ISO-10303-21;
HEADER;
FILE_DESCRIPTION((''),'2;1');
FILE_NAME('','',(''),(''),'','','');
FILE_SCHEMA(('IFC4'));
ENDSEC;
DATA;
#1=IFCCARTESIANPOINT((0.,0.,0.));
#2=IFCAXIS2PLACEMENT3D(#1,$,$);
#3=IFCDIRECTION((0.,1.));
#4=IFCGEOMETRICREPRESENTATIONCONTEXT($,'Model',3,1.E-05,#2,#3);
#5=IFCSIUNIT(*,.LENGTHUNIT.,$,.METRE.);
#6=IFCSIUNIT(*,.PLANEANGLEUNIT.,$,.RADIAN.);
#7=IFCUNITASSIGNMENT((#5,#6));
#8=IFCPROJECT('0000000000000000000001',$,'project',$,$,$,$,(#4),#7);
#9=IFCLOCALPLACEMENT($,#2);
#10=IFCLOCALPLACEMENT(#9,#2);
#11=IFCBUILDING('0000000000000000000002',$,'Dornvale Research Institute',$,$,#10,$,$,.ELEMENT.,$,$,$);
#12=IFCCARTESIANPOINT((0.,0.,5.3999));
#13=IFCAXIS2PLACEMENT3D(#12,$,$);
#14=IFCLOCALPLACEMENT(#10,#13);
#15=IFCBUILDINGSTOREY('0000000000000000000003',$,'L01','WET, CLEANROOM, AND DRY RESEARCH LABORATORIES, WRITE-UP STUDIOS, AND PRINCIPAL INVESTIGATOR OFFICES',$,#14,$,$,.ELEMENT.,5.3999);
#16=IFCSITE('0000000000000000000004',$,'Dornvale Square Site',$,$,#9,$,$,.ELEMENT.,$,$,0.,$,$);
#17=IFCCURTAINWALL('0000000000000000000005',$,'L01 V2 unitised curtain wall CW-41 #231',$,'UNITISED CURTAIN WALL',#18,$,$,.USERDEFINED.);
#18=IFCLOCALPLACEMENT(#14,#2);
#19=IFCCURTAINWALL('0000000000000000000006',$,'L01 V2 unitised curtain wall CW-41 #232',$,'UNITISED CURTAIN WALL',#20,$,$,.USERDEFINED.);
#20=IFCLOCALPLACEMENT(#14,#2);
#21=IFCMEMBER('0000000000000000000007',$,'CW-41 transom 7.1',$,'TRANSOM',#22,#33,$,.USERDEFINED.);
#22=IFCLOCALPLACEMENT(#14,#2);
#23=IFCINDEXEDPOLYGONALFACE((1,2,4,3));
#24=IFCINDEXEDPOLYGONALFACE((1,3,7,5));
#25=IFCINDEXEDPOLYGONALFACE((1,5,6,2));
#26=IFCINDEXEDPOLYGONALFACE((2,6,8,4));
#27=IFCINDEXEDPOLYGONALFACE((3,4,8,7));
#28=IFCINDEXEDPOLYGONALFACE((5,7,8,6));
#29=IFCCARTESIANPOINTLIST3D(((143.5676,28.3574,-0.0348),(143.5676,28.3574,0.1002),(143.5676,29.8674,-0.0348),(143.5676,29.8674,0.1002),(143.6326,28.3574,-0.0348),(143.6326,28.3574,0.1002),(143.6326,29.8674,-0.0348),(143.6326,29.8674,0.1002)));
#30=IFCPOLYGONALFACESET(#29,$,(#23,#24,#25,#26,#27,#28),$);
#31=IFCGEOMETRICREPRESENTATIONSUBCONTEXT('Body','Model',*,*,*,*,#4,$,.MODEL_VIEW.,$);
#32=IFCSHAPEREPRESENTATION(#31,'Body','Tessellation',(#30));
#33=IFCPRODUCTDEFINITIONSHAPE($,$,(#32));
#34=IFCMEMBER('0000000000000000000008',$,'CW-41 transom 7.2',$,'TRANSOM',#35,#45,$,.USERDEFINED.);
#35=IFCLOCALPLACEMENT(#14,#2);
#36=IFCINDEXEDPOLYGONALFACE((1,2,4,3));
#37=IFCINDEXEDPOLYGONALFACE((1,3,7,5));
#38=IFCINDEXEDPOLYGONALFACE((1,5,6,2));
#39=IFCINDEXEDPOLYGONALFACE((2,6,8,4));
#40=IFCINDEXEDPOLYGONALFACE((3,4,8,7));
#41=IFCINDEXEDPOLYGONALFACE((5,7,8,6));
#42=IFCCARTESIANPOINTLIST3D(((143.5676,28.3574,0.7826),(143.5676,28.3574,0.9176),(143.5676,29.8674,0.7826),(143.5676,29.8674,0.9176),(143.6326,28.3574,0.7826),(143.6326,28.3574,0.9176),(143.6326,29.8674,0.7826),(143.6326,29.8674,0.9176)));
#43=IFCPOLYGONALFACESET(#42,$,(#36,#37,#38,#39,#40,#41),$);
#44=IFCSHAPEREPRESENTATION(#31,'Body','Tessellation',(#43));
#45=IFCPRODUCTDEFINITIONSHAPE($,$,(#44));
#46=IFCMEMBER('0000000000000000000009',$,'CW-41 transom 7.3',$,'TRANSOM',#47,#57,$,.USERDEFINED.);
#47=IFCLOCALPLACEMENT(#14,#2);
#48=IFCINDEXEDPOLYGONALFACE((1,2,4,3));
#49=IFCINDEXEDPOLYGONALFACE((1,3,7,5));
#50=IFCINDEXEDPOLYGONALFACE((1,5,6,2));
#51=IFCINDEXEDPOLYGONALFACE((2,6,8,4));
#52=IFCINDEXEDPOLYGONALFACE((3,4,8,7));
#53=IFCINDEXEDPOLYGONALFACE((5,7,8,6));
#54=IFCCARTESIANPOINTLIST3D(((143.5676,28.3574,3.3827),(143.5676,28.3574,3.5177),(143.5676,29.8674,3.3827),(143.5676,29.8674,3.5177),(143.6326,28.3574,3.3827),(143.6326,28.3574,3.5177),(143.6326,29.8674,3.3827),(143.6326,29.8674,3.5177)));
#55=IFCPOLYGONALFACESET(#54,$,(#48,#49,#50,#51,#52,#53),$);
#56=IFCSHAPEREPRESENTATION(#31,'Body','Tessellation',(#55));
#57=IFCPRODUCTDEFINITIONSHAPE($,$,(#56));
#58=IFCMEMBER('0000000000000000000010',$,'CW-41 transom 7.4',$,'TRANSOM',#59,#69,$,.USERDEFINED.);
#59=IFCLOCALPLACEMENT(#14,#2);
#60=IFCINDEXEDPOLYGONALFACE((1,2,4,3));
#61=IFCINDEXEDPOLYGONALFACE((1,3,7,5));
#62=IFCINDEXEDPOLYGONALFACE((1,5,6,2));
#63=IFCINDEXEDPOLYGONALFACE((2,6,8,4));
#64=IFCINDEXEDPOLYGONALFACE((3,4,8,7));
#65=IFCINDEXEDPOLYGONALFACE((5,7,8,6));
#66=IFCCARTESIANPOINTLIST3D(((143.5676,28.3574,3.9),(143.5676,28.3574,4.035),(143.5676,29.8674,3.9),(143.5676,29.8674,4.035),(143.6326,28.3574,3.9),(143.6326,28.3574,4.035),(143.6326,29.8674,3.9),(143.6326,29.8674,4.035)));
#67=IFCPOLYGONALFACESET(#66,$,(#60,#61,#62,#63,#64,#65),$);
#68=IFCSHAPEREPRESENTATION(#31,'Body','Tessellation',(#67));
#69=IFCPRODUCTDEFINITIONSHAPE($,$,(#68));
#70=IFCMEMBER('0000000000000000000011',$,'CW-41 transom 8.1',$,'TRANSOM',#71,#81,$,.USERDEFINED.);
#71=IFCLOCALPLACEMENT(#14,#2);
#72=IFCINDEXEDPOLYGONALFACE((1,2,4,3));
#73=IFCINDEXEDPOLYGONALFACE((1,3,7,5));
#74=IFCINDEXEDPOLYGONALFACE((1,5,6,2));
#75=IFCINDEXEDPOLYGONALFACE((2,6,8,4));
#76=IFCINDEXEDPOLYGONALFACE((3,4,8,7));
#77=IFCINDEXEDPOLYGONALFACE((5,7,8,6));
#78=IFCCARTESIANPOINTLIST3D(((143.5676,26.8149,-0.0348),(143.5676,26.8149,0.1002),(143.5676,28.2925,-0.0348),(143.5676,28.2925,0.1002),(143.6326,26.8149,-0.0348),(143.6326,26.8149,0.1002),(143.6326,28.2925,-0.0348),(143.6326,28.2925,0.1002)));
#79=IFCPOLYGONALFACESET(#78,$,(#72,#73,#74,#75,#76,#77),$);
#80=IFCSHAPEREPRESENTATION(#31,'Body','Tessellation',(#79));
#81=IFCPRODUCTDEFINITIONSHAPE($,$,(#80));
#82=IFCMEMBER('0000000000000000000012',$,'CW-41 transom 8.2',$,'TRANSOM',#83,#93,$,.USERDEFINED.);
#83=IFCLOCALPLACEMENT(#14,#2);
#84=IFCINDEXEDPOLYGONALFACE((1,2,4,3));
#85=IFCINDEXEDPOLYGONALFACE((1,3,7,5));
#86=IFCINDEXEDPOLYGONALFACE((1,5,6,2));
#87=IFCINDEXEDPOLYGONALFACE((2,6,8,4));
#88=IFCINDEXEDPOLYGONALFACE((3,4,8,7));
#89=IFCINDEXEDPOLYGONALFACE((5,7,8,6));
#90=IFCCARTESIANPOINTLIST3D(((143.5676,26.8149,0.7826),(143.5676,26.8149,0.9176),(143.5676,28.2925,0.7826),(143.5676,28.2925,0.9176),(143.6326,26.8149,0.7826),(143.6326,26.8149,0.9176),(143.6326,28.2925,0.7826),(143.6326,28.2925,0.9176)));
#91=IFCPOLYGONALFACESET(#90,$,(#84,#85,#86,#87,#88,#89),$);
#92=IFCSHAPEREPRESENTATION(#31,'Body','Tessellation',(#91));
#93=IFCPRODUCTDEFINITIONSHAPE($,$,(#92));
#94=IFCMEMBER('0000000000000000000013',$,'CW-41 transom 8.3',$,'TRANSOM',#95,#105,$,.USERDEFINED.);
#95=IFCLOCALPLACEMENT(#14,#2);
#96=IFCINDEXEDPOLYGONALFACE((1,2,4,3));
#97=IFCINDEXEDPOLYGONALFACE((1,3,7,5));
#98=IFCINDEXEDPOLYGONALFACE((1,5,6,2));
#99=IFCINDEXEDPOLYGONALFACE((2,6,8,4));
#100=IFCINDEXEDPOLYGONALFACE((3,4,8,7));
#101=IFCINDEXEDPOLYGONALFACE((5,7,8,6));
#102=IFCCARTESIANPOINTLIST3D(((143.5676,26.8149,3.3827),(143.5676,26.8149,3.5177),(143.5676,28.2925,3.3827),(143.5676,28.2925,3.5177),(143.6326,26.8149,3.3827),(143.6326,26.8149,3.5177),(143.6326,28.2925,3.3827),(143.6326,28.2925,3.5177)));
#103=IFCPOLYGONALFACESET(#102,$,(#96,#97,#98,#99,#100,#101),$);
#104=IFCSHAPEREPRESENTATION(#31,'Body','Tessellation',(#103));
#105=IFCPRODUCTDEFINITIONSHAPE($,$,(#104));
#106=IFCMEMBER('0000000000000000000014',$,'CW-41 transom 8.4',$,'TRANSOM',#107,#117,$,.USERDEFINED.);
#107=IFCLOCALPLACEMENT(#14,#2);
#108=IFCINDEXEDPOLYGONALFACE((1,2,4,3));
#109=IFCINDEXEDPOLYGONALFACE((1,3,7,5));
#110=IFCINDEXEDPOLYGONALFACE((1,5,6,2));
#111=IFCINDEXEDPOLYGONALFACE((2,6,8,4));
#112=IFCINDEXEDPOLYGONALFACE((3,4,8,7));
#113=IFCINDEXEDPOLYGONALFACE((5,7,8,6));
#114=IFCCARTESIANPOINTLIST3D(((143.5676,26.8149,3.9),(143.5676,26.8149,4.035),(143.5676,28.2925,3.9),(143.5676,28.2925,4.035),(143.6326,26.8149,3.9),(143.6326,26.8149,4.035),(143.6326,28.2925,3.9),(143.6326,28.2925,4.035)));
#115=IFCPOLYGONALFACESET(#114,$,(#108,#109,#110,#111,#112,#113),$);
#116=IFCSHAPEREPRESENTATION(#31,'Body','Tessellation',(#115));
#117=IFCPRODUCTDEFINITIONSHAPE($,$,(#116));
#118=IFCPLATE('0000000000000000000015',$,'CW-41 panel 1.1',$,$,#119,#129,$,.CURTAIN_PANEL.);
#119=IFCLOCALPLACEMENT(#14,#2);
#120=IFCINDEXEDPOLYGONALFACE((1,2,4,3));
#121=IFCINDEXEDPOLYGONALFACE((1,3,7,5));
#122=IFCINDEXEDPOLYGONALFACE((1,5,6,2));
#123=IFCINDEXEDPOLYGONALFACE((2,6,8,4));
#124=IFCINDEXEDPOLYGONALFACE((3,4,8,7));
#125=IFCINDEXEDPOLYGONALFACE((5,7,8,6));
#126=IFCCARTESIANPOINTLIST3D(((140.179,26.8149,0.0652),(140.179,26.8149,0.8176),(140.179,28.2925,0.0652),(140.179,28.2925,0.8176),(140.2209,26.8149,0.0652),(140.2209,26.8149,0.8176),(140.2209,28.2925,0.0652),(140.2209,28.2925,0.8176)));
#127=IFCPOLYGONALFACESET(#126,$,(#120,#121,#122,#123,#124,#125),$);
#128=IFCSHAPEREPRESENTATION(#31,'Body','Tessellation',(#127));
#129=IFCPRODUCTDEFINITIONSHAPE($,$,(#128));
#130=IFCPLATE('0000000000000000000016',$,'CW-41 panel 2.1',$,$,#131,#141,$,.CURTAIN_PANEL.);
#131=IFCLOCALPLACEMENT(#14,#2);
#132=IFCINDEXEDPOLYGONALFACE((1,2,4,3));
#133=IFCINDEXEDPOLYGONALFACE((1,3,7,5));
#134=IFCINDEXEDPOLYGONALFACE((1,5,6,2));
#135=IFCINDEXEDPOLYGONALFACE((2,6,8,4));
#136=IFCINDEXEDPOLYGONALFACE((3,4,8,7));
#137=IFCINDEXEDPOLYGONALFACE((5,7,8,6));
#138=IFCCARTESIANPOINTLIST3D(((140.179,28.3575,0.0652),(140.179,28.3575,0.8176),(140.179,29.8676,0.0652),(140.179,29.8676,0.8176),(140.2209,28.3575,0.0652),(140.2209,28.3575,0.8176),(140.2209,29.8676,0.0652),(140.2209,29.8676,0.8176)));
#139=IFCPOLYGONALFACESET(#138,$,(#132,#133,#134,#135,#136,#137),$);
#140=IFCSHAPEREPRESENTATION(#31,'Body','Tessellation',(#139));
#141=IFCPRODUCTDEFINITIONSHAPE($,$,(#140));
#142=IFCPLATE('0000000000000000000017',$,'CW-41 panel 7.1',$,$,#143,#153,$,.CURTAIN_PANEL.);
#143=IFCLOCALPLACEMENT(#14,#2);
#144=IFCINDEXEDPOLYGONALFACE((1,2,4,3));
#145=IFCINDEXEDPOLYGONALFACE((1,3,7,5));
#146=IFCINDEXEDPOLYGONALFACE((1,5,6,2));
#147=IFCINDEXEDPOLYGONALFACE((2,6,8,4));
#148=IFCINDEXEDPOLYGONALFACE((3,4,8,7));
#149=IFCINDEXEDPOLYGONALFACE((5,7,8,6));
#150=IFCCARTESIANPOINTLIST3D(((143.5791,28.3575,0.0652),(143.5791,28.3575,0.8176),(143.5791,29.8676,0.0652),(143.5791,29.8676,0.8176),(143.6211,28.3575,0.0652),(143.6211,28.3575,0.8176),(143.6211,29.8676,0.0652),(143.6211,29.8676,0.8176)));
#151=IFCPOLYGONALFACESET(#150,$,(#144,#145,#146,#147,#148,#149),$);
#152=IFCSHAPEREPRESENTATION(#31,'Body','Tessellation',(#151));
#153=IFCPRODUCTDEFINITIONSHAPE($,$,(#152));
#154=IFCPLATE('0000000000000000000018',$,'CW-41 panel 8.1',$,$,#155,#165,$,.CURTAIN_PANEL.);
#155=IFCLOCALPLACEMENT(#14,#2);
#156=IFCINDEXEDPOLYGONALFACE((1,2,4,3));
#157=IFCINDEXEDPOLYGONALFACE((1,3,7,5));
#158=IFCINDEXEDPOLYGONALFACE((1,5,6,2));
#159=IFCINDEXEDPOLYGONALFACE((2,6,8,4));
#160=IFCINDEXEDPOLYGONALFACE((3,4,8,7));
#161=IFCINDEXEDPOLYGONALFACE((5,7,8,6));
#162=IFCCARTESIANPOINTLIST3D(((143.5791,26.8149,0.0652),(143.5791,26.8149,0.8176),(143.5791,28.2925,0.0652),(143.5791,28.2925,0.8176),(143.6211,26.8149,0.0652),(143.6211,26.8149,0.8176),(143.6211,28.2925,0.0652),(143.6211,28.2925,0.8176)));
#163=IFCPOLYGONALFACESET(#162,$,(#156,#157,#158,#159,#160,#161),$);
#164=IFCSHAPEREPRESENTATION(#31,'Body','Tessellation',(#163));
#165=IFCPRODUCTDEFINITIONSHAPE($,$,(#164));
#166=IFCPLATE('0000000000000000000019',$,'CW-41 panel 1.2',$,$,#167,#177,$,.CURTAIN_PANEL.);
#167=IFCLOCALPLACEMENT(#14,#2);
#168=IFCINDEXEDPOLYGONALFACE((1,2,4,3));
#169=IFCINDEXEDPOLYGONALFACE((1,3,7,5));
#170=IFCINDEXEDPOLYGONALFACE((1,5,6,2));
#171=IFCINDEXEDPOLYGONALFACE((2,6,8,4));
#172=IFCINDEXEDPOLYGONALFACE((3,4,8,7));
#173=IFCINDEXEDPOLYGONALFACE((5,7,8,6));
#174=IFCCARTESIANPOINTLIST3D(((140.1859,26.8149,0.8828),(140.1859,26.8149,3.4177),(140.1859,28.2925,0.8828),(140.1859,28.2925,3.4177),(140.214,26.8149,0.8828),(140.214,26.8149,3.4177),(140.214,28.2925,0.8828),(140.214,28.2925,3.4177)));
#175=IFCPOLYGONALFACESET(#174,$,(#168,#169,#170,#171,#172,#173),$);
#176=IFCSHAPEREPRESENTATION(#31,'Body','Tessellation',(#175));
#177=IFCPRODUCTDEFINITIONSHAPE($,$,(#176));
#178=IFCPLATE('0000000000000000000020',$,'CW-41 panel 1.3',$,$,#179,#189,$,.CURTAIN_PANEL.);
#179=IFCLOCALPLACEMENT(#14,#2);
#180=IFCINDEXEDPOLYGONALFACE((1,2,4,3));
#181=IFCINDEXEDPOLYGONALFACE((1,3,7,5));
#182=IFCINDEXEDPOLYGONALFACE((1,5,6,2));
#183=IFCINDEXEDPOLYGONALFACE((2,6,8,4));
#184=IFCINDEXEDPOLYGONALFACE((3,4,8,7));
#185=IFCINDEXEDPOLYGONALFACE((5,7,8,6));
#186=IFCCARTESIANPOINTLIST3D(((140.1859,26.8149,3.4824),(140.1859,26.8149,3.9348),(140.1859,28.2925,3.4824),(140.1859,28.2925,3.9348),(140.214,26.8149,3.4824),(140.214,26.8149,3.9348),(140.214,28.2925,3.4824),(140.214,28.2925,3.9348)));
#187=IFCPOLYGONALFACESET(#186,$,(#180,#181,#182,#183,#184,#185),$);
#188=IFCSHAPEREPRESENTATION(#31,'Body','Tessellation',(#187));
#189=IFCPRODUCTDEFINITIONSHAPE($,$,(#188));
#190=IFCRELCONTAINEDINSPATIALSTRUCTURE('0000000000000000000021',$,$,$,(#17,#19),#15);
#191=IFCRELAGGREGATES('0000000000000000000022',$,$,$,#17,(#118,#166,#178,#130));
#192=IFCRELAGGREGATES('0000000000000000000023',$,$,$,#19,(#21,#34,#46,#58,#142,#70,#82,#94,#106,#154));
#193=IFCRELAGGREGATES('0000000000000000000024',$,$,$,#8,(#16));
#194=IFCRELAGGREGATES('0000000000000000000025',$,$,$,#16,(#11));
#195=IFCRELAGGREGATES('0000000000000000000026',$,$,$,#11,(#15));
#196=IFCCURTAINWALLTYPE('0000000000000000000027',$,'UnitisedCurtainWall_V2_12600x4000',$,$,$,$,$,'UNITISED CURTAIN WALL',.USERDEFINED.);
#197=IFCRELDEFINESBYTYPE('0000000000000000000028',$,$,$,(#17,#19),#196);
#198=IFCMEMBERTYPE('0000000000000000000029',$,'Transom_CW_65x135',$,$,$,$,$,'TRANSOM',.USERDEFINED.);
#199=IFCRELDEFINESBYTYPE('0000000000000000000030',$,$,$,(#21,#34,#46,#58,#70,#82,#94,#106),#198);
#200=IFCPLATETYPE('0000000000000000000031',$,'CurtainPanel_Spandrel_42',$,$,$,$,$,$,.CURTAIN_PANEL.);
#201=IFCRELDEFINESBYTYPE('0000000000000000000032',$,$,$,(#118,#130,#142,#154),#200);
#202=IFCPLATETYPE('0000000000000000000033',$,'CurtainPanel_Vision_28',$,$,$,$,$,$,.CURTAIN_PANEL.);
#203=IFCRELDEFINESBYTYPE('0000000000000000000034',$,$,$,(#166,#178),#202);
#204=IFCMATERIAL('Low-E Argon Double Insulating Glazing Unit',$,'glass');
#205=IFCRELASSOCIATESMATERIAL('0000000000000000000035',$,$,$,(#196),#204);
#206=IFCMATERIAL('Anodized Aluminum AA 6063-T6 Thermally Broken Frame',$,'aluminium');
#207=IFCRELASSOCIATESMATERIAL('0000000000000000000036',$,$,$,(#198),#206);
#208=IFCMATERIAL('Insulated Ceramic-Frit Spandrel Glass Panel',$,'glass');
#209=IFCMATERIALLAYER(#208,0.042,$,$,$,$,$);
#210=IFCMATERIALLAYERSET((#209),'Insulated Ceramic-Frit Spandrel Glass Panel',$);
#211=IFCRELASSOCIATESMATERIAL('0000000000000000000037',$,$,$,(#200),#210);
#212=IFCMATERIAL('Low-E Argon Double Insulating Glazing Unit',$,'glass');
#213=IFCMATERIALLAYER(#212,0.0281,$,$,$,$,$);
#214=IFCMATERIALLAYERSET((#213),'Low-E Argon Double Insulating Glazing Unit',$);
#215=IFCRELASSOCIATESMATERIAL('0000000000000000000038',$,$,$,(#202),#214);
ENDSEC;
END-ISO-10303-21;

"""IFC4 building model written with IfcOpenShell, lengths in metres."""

from ifc_helpers import new_model, si_unit, direction, frame, origin, origin_2d, place, context, subcontext, project, spatial, rectangle, extrude, material, layer, layer_set, material_profile, profile_set, type_object, element, aggregate, save


model = new_model("IFC4")

# Units and contexts
model_context = context("Model", 3, precision=1e-05, world=origin(), true_north=direction((0.0, 1.0)))
body_context = subcontext(model_context, "Body", "Model", "MODEL_VIEW")
ifc_project = project(units=[si_unit("LENGTHUNIT", "METRE"), si_unit("PLANEANGLEUNIT", "RADIAN")], contexts=[model_context])

# Site, building, storey
site_placement = place(None, origin())
site = spatial("IfcSite", under=ifc_project, at=site_placement, Name="Dornvale Square Site", CompositionType="ELEMENT", RefElevation=0.0)
building_placement = place(site_placement, origin())
building = spatial("IfcBuilding", under=site, at=building_placement, Name="Dornvale Research Institute", CompositionType="ELEMENT")
storey_placement = place(building_placement, frame((0.0, 0.0, 5.3999)))
storey = spatial("IfcBuildingStorey", under=building, at=storey_placement, Name="L01", Description="WET, CLEANROOM, AND DRY RESEARCH LABORATORIES, WRITE-UP STUDIOS, AND PRINCIPAL INVESTIGATOR OFFICES", CompositionType="ELEMENT", Elevation=5.3999)

# Curtain walls
ifc_material_1 = material(Name="Low-E Argon Double Insulating Glazing Unit", Category="glass")
curtain_wall_type = type_object("IfcCurtainWallType", Name="UnitisedCurtainWall_V2_12600x4000", ElementType="UNITISED CURTAIN WALL", PredefinedType="USERDEFINED", material=ifc_material_1)
curtain_wall_1_placement = place(storey_placement, origin())
curtain_wall_1 = element("IfcCurtainWall", 1, at=curtain_wall_1_placement, inside=storey, type_object=curtain_wall_type, Name="L01 V2 unitised curtain wall CW-41 #231", ObjectType="UNITISED CURTAIN WALL", PredefinedType="USERDEFINED")
curtain_wall_2_placement = place(storey_placement, origin())
curtain_wall_2 = element("IfcCurtainWall", 2, at=curtain_wall_2_placement, inside=storey, type_object=curtain_wall_type, Name="L01 V2 unitised curtain wall CW-41 #232", ObjectType="UNITISED CURTAIN WALL", PredefinedType="USERDEFINED")

# Members
ifc_material_2 = material(Name="Anodized Aluminum AA 6063-T6 Thermally Broken Frame", Category="aluminium")
ifc_material_profile_1 = material_profile(ifc_material_2, rectangle(XDim=0.0649, YDim=0.135, at=origin_2d()), Name="ALU TRANSOM 65x135")
ifc_profile_set_1 = profile_set([ifc_material_profile_1], Name="Anodized Aluminum AA 6063-T6 Thermally Broken Frame")
member_type_1 = type_object("IfcMemberType", Name="Transom_CW_65x135", ElementType="TRANSOM", PredefinedType="USERDEFINED", material=ifc_profile_set_1)
member_1_placement = place(storey_placement, frame((143.6001, 29.8674, 0.0327), z_axis=(0.0, -1.0, 0.0), x_axis=(1.0, 0.0, 0.0)))
member_1 = element("IfcMember", 3, at=member_1_placement, type_object=member_type_1, Name="CW-41 transom 7.1", ObjectType="TRANSOM", PredefinedType="USERDEFINED", context=body_context, shape_type="SweptSolid", body=[
    extrude(rectangle(XDim=0.0649, YDim=0.135, at=origin_2d()), origin(), (0.0, 0.0, 1.0), 1.51),
])
member_2_placement = place(storey_placement, frame((143.6001, 29.8674, 0.8501), z_axis=(0.0, -1.0, 0.0), x_axis=(1.0, 0.0, 0.0)))
member_2 = element("IfcMember", 4, at=member_2_placement, type_object=member_type_1, Name="CW-41 transom 7.2", ObjectType="TRANSOM", PredefinedType="USERDEFINED", context=body_context, shape_type="SweptSolid", body=[
    extrude(rectangle(XDim=0.0649, YDim=0.135, at=origin_2d()), origin(), (0.0, 0.0, 1.0), 1.51),
])
member_3_placement = place(storey_placement, frame((143.6001, 29.8674, 3.4502), z_axis=(0.0, -1.0, 0.0), x_axis=(1.0, 0.0, 0.0)))
member_3 = element("IfcMember", 5, at=member_3_placement, type_object=member_type_1, Name="CW-41 transom 7.3", ObjectType="TRANSOM", PredefinedType="USERDEFINED", context=body_context, shape_type="SweptSolid", body=[
    extrude(rectangle(XDim=0.0649, YDim=0.135, at=origin_2d()), origin(), (0.0, 0.0, 1.0), 1.51),
])
member_4_placement = place(storey_placement, frame((143.6001, 29.8674, 3.9675), z_axis=(0.0, -1.0, 0.0), x_axis=(1.0, 0.0, 0.0)))
member_4 = element("IfcMember", 6, at=member_4_placement, type_object=member_type_1, Name="CW-41 transom 7.4", ObjectType="TRANSOM", PredefinedType="USERDEFINED", context=body_context, shape_type="SweptSolid", body=[
    extrude(rectangle(XDim=0.0649, YDim=0.135, at=origin_2d()), origin(), (0.0, 0.0, 1.0), 1.51),
])
member_5_placement = place(storey_placement, frame((143.6001, 28.2925, 0.0327), z_axis=(0.0, -1.0, 0.0), x_axis=(1.0, 0.0, 0.0)))
member_5 = element("IfcMember", 7, at=member_5_placement, type_object=member_type_1, Name="CW-41 transom 8.1", ObjectType="TRANSOM", PredefinedType="USERDEFINED", context=body_context, shape_type="SweptSolid", body=[
    extrude(rectangle(XDim=0.0649, YDim=0.135, at=origin_2d()), origin(), (0.0, 0.0, 1.0), 1.4775),
])
member_6_placement = place(storey_placement, frame((143.6001, 28.2925, 0.8501), z_axis=(0.0, -1.0, 0.0), x_axis=(1.0, 0.0, 0.0)))
member_6 = element("IfcMember", 8, at=member_6_placement, type_object=member_type_1, Name="CW-41 transom 8.2", ObjectType="TRANSOM", PredefinedType="USERDEFINED", context=body_context, shape_type="SweptSolid", body=[
    extrude(rectangle(XDim=0.0649, YDim=0.135, at=origin_2d()), origin(), (0.0, 0.0, 1.0), 1.4775),
])
member_7_placement = place(storey_placement, frame((143.6001, 28.2925, 3.4502), z_axis=(0.0, -1.0, 0.0), x_axis=(1.0, 0.0, 0.0)))
member_7 = element("IfcMember", 9, at=member_7_placement, type_object=member_type_1, Name="CW-41 transom 8.3", ObjectType="TRANSOM", PredefinedType="USERDEFINED", context=body_context, shape_type="SweptSolid", body=[
    extrude(rectangle(XDim=0.0649, YDim=0.135, at=origin_2d()), origin(), (0.0, 0.0, 1.0), 1.4775),
])
member_8_placement = place(storey_placement, frame((143.6001, 28.2925, 3.9675), z_axis=(0.0, -1.0, 0.0), x_axis=(1.0, 0.0, 0.0)))
member_8 = element("IfcMember", 10, at=member_8_placement, type_object=member_type_1, Name="CW-41 transom 8.4", ObjectType="TRANSOM", PredefinedType="USERDEFINED", context=body_context, shape_type="SweptSolid", body=[
    extrude(rectangle(XDim=0.0649, YDim=0.135, at=origin_2d()), origin(), (0.0, 0.0, 1.0), 1.4775),
])

# Plates
ifc_material_3 = material(Name="Insulated Ceramic-Frit Spandrel Glass Panel", Category="glass")
ifc_layer_1 = layer(ifc_material_3, 0.042)
ifc_layer_set_1 = layer_set([ifc_layer_1], Name="Insulated Ceramic-Frit Spandrel Glass Panel")
plate_type_1 = type_object("IfcPlateType", Name="CurtainPanel_Spandrel_42", PredefinedType="CURTAIN_PANEL", material=ifc_layer_set_1)
plate_1_placement = place(storey_placement, frame((140.2, 27.5537, 0.0652), z_axis=(0.0, 0.0, 1.0), x_axis=(0.0, 1.0, 0.0)))
plate_1 = element("IfcPlate", 11, at=plate_1_placement, type_object=plate_type_1, Name="CW-41 panel 1.1", PredefinedType="CURTAIN_PANEL", context=body_context, shape_type="SweptSolid", body=[
    extrude(rectangle(XDim=1.4775, YDim=0.042, at=origin_2d()), origin(), (0.0, 0.0, 1.0), 0.7524),
])
plate_2_placement = place(storey_placement, frame((140.2, 29.1125, 0.0652), z_axis=(0.0, 0.0, 1.0), x_axis=(0.0, 1.0, 0.0)))
plate_2 = element("IfcPlate", 12, at=plate_2_placement, type_object=plate_type_1, Name="CW-41 panel 2.1", PredefinedType="CURTAIN_PANEL", context=body_context, shape_type="SweptSolid", body=[
    extrude(rectangle(XDim=1.51, YDim=0.042, at=origin_2d()), origin(), (0.0, 0.0, 1.0), 0.7524),
])
plate_3_placement = place(storey_placement, frame((143.6001, 29.1125, 0.0652), z_axis=(0.0, 0.0, 1.0), x_axis=(0.0, -1.0, 0.0)))
plate_3 = element("IfcPlate", 13, at=plate_3_placement, type_object=plate_type_1, Name="CW-41 panel 7.1", PredefinedType="CURTAIN_PANEL", context=body_context, shape_type="SweptSolid", body=[
    extrude(rectangle(XDim=1.51, YDim=0.042, at=origin_2d()), origin(), (0.0, 0.0, 1.0), 0.7524),
])
plate_4_placement = place(storey_placement, frame((143.6001, 27.5537, 0.0652), z_axis=(0.0, 0.0, 1.0), x_axis=(0.0, -1.0, 0.0)))
plate_4 = element("IfcPlate", 14, at=plate_4_placement, type_object=plate_type_1, Name="CW-41 panel 8.1", PredefinedType="CURTAIN_PANEL", context=body_context, shape_type="SweptSolid", body=[
    extrude(rectangle(XDim=1.4775, YDim=0.042, at=origin_2d()), origin(), (0.0, 0.0, 1.0), 0.7524),
])
ifc_material_4 = material(Name="Low-E Argon Double Insulating Glazing Unit", Category="glass")
ifc_layer_2 = layer(ifc_material_4, 0.0281)
ifc_layer_set_2 = layer_set([ifc_layer_2], Name="Low-E Argon Double Insulating Glazing Unit")
plate_type_2 = type_object("IfcPlateType", Name="CurtainPanel_Vision_28", PredefinedType="CURTAIN_PANEL", material=ifc_layer_set_2)
plate_5_placement = place(storey_placement, frame((140.2, 27.5537, 0.8828), z_axis=(0.0, 0.0, 1.0), x_axis=(0.0, 1.0, 0.0)))
plate_5 = element("IfcPlate", 15, at=plate_5_placement, type_object=plate_type_2, Name="CW-41 panel 1.2", PredefinedType="CURTAIN_PANEL", context=body_context, shape_type="SweptSolid", body=[
    extrude(rectangle(XDim=1.4775, YDim=0.0281, at=origin_2d()), origin(), (0.0, 0.0, 1.0), 2.5349),
])
plate_6_placement = place(storey_placement, frame((140.2, 27.5537, 3.4824), z_axis=(0.0, 0.0, 1.0), x_axis=(0.0, 1.0, 0.0)))
plate_6 = element("IfcPlate", 16, at=plate_6_placement, type_object=plate_type_2, Name="CW-41 panel 1.3", PredefinedType="CURTAIN_PANEL", context=body_context, shape_type="SweptSolid", body=[
    extrude(rectangle(XDim=1.4775, YDim=0.0281, at=origin_2d()), origin(), (0.0, 0.0, 1.0), 0.4524),
])
aggregate(curtain_wall_1, [plate_1, plate_5, plate_6, plate_2])
aggregate(curtain_wall_2, [member_1, member_2, member_3, member_4, plate_3, member_5, member_6, member_7, member_8, plate_4])

save(model, "model.ifc")
